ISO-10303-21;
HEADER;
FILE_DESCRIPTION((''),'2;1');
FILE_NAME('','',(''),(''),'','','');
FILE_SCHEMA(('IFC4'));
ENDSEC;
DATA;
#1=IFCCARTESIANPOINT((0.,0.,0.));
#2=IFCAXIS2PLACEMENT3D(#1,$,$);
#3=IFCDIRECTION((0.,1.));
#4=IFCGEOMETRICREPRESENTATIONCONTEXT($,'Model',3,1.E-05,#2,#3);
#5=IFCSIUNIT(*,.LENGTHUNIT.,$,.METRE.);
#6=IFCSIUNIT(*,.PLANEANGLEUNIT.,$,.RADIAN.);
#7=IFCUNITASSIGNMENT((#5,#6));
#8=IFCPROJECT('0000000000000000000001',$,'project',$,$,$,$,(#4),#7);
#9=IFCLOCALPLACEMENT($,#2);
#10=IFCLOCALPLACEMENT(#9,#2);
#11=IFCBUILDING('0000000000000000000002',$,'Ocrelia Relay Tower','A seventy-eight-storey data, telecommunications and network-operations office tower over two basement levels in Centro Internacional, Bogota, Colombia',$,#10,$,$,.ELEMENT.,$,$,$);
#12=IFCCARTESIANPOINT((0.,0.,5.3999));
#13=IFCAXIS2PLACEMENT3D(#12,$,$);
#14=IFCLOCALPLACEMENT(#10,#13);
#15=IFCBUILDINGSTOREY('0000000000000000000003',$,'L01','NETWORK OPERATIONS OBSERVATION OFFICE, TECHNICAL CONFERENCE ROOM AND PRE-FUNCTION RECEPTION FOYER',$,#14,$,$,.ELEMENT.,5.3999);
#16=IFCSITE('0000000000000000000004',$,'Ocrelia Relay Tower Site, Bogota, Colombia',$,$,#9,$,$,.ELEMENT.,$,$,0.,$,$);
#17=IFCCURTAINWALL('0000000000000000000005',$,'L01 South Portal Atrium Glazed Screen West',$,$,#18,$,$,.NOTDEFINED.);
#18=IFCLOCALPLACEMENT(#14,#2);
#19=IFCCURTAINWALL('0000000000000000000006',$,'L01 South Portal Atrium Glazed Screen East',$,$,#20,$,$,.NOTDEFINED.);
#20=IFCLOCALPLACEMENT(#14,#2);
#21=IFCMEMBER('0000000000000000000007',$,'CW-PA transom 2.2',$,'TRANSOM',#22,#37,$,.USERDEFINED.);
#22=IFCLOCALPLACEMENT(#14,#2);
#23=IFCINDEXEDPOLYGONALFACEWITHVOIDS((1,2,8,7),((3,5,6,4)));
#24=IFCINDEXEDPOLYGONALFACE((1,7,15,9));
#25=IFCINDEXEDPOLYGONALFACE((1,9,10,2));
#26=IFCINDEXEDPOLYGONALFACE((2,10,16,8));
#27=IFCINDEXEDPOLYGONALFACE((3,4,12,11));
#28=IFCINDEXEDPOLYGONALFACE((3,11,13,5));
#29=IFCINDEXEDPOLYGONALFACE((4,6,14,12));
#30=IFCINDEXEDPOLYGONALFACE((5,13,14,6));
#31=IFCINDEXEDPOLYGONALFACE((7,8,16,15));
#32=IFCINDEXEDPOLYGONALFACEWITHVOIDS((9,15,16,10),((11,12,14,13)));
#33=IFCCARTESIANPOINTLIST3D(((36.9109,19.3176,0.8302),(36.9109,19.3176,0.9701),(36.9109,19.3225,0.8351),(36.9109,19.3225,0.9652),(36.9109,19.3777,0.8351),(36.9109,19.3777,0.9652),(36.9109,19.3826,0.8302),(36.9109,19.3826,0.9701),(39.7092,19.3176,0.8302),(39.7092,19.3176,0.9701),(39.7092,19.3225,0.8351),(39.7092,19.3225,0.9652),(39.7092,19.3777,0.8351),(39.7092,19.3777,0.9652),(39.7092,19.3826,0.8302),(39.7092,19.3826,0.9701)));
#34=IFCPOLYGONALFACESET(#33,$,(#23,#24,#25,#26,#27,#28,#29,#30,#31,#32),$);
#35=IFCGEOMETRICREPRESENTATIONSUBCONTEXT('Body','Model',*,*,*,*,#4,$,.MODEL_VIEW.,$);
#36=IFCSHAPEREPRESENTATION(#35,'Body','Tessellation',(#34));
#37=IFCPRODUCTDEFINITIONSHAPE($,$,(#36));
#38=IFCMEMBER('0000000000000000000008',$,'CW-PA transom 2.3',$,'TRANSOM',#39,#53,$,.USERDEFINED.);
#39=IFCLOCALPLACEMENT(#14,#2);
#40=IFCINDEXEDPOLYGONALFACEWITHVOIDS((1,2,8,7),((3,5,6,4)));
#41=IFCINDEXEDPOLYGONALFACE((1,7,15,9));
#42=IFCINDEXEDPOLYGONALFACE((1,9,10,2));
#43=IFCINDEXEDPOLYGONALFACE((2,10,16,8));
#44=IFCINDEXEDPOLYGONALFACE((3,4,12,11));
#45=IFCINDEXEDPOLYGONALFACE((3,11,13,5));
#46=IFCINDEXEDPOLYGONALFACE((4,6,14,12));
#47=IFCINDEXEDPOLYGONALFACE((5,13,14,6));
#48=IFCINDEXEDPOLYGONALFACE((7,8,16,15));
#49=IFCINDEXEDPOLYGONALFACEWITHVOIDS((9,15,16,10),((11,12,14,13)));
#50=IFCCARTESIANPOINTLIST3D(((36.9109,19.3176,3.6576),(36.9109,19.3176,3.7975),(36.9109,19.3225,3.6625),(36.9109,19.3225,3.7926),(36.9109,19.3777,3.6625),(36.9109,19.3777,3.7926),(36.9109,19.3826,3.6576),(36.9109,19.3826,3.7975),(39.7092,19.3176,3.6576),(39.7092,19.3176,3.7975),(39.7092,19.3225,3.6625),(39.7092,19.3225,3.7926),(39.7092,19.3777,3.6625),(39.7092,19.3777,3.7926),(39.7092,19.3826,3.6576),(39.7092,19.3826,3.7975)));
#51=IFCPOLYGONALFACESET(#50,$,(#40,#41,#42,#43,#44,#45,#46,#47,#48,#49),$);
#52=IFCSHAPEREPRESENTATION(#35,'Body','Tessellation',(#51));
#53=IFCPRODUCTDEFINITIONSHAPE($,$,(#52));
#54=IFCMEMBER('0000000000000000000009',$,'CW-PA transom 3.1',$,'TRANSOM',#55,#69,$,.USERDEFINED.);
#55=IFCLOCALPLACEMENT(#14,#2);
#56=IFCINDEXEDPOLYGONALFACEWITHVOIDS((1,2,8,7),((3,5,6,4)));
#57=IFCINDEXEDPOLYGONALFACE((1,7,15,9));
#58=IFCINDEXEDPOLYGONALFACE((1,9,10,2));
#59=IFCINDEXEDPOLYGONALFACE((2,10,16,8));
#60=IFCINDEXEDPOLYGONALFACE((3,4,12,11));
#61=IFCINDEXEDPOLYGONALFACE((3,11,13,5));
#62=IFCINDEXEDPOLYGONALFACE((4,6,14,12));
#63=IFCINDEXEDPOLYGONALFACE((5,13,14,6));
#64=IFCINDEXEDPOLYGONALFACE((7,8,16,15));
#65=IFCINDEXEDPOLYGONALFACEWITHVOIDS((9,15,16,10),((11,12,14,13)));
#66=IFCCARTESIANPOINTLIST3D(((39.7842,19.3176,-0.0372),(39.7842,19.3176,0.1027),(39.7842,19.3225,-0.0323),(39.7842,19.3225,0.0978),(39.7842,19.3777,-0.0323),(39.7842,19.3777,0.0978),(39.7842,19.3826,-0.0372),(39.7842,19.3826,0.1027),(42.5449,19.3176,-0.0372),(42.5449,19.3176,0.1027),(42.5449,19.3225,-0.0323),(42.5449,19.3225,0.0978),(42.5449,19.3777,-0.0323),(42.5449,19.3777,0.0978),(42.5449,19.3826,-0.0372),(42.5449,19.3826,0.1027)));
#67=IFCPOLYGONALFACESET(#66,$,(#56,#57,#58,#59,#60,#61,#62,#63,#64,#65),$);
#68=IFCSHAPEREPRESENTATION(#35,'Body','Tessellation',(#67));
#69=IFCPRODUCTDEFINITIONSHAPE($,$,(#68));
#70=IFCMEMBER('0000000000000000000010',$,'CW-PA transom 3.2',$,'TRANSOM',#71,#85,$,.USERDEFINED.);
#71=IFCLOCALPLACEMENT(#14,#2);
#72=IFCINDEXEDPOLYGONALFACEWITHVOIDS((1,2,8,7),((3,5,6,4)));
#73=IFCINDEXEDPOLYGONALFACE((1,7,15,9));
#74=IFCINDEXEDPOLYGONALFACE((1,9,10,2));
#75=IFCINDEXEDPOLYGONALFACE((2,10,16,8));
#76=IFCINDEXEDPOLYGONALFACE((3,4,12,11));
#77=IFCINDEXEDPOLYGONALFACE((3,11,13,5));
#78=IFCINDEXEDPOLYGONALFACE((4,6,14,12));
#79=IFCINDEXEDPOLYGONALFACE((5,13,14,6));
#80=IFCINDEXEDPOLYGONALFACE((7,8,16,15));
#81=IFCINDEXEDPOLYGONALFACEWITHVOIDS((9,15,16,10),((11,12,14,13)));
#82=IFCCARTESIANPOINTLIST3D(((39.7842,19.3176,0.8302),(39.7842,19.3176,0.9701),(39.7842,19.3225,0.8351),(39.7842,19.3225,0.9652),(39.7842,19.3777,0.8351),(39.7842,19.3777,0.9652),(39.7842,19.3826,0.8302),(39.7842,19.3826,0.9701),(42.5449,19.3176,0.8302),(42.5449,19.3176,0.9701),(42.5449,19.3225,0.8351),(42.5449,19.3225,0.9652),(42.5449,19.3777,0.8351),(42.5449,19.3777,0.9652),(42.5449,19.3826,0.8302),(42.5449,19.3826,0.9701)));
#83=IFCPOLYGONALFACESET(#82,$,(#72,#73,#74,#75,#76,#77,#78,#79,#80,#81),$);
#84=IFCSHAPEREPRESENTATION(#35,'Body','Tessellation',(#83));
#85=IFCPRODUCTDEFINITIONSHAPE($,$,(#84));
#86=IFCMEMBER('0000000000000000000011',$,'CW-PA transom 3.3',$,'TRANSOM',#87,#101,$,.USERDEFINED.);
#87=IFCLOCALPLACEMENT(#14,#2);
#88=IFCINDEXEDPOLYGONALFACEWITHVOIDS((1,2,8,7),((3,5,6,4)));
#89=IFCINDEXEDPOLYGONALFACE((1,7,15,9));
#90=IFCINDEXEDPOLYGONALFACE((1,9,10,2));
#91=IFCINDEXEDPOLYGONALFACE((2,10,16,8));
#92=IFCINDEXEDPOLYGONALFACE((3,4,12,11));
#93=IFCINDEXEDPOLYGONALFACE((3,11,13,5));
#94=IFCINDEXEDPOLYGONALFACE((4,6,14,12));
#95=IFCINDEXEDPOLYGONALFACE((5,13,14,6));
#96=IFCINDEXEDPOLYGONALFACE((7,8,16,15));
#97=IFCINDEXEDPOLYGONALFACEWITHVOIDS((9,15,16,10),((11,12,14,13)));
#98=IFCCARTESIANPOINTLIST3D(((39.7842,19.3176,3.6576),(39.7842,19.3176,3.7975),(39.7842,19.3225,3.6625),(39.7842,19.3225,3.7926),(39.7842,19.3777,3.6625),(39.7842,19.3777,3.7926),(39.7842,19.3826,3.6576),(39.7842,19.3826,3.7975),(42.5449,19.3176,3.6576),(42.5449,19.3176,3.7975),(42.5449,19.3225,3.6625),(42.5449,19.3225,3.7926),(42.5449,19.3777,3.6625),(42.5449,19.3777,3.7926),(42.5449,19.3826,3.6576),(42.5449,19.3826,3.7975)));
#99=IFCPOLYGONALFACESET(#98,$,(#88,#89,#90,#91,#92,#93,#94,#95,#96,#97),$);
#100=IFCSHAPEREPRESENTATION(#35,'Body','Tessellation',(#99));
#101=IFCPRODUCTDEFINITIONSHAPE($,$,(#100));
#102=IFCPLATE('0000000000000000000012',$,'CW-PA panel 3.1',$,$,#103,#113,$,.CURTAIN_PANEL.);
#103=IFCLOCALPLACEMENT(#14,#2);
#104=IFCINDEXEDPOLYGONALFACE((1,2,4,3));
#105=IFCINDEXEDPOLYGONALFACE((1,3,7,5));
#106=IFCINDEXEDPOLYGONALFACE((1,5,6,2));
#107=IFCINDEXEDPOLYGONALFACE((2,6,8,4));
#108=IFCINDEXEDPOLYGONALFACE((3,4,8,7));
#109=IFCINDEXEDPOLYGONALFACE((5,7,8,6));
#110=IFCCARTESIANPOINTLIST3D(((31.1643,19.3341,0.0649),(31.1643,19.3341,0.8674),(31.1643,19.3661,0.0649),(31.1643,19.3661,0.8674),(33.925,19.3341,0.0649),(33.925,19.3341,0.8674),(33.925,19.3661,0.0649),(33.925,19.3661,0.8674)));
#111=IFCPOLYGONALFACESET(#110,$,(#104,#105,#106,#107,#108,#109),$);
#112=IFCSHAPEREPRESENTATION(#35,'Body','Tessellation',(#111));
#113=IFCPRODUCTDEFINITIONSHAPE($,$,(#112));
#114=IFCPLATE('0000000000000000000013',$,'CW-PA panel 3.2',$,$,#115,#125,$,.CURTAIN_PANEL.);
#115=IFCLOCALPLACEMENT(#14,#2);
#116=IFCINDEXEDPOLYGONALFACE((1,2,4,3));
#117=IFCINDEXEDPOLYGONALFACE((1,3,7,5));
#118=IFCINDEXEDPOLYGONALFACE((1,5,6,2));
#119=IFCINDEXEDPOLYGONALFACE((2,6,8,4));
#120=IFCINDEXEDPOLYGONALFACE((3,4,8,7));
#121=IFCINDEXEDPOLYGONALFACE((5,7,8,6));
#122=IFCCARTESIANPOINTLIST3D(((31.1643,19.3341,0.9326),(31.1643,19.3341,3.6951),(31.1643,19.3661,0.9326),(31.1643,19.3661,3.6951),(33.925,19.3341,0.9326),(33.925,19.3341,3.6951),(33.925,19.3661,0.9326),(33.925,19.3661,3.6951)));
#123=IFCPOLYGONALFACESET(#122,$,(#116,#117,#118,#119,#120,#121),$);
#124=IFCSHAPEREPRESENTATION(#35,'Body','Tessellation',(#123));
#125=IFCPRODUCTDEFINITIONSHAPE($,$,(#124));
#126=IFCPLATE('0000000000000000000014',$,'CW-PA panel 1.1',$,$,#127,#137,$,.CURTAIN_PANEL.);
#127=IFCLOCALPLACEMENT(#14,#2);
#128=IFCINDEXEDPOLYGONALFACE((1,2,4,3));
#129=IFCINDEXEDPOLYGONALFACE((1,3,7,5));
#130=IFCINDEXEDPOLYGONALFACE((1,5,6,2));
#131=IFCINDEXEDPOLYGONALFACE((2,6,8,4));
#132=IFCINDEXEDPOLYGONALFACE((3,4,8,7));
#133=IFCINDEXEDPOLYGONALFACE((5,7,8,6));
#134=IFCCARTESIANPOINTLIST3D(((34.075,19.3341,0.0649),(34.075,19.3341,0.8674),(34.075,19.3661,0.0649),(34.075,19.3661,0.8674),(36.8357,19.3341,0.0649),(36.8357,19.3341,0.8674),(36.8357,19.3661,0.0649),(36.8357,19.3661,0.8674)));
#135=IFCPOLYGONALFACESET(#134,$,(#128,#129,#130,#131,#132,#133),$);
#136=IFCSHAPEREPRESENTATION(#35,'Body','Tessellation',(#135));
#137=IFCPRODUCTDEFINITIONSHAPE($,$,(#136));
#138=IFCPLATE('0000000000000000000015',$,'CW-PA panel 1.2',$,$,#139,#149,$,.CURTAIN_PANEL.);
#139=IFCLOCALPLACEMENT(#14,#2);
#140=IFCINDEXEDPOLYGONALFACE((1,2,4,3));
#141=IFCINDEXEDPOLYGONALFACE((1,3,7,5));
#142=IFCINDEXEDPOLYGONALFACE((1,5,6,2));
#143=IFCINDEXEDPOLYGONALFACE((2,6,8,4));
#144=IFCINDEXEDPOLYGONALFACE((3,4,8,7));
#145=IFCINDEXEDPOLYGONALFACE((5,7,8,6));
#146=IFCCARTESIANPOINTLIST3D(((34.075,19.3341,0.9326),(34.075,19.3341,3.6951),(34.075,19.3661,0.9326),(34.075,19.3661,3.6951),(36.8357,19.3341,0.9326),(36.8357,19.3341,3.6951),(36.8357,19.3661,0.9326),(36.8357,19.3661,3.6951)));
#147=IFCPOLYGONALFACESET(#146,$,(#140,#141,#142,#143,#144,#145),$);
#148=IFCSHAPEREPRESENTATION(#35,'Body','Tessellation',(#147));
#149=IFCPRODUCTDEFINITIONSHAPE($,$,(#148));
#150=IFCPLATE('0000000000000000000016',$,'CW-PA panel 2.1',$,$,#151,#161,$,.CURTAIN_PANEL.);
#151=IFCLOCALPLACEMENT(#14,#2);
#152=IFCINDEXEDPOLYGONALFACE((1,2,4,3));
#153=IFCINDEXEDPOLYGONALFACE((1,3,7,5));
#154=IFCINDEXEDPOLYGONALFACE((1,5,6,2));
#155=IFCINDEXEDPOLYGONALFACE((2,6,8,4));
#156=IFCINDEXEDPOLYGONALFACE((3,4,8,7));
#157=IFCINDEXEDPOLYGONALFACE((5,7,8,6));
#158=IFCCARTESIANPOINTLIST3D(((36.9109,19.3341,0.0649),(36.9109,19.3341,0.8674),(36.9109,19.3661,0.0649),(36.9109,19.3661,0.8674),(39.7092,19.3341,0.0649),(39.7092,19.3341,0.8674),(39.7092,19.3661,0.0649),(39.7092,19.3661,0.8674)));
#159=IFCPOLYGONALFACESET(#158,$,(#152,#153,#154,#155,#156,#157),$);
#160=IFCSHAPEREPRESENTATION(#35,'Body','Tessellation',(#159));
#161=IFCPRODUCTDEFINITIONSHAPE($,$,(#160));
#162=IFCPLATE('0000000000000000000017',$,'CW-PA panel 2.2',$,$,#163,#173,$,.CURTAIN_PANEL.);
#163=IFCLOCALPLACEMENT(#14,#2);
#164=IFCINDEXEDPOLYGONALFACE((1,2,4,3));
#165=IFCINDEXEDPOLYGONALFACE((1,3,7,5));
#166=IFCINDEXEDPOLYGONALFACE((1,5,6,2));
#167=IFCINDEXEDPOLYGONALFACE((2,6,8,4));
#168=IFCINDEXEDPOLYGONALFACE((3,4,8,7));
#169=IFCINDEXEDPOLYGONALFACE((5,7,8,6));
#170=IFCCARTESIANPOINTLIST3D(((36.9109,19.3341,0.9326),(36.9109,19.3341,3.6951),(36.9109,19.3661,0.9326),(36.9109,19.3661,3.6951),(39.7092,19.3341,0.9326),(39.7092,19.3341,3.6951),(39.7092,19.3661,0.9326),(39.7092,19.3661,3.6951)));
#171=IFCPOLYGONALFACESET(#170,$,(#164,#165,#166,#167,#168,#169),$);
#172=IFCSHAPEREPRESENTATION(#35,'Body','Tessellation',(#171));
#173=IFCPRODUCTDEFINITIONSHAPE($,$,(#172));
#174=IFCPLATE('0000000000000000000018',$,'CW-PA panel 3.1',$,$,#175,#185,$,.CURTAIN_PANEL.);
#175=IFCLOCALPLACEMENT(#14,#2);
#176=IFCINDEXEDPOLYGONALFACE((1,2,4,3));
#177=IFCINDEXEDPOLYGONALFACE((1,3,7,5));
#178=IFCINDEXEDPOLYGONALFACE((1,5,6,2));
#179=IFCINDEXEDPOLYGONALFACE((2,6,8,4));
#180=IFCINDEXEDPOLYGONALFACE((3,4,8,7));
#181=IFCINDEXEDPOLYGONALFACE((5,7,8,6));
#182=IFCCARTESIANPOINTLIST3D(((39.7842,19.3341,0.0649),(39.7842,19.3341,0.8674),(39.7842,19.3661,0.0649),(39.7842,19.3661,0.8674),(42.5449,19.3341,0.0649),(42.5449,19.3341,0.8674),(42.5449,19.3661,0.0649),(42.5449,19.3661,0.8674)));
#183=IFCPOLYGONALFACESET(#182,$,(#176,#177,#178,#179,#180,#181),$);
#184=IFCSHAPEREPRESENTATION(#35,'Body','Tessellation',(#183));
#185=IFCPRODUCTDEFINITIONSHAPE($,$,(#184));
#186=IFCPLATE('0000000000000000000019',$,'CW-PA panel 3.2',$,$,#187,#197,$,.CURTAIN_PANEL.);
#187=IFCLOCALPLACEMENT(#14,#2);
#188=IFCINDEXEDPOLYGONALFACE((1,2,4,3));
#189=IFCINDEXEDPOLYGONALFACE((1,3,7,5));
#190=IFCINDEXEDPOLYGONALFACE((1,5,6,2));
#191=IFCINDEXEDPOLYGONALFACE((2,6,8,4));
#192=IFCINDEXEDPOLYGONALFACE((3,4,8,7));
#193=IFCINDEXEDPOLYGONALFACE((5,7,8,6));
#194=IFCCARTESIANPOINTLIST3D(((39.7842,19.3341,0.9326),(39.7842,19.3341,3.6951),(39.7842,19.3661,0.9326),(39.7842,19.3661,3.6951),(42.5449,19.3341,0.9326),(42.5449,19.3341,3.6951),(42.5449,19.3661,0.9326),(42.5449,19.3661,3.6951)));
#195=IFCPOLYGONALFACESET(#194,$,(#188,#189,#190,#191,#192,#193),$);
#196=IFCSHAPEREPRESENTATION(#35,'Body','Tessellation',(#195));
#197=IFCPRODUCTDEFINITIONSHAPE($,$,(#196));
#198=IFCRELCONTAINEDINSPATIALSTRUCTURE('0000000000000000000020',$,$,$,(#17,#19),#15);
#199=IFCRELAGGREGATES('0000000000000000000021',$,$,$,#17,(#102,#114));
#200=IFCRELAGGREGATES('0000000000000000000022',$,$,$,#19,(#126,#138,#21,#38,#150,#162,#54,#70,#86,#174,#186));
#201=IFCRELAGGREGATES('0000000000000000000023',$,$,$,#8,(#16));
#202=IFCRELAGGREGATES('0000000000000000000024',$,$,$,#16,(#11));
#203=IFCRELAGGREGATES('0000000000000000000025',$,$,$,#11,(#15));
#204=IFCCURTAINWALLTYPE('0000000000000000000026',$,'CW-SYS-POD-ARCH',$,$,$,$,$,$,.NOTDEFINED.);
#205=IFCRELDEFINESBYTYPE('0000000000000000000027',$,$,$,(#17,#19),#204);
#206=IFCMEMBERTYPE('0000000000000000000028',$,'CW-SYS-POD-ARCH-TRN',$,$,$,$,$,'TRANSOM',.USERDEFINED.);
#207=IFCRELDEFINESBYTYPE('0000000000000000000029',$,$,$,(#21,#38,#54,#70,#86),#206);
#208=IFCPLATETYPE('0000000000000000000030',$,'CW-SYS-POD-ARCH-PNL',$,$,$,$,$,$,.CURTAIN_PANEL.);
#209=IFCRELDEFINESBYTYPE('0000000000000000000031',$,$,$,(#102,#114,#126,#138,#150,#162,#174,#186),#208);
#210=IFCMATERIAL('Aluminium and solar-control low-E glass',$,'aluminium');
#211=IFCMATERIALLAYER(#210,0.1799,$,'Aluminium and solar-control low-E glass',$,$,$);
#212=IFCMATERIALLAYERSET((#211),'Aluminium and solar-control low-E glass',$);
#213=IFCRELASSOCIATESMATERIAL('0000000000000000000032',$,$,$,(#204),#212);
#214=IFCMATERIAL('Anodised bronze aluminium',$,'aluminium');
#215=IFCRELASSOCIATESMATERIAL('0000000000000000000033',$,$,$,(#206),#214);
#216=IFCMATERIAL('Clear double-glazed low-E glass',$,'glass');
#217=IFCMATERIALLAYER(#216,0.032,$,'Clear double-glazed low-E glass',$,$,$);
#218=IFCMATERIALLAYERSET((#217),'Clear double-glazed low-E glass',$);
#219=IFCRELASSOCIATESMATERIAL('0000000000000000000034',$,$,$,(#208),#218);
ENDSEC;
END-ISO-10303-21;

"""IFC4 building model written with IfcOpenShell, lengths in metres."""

from ifc_helpers import new_model, si_unit, direction, frame, origin, origin_2d, place, context, subcontext, project, spatial, rectangle, hollow_rectangle, extrude, material, layer, layer_set, material_profile, profile_set, type_object, element, aggregate, save


model = new_model("IFC4")

# Units and contexts
model_context = context("Model", 3, precision=1e-05, world=origin(), true_north=direction((0.0, 1.0)))
body_context = subcontext(model_context, "Body", "Model", "MODEL_VIEW")
ifc_project = project(units=[si_unit("LENGTHUNIT", "METRE"), si_unit("PLANEANGLEUNIT", "RADIAN")], contexts=[model_context])

# Site, building, storey
site_placement = place(None, origin())
site = spatial("IfcSite", under=ifc_project, at=site_placement, Name="Ocrelia Relay Tower Site, Bogota, Colombia", CompositionType="ELEMENT", RefElevation=0.0)
building_placement = place(site_placement, origin())
building = spatial("IfcBuilding", under=site, at=building_placement, Name="Ocrelia Relay Tower", Description="A seventy-eight-storey data, telecommunications and network-operations office tower over two basement levels in Centro Internacional, Bogota, Colombia", CompositionType="ELEMENT")
storey_placement = place(building_placement, frame((0.0, 0.0, 5.3999)))
storey = spatial("IfcBuildingStorey", under=building, at=storey_placement, Name="L01", Description="NETWORK OPERATIONS OBSERVATION OFFICE, TECHNICAL CONFERENCE ROOM AND PRE-FUNCTION RECEPTION FOYER", CompositionType="ELEMENT", Elevation=5.3999)

# Curtain wall
ifc_material_1 = material(Name="Aluminium and solar-control low-E glass", Category="aluminium")
ifc_layer_1 = layer(ifc_material_1, 0.1799, Name="Aluminium and solar-control low-E glass")
ifc_layer_set_1 = layer_set([ifc_layer_1], Name="Aluminium and solar-control low-E glass")
curtain_wall_type = type_object("IfcCurtainWallType", Name="CW-SYS-POD-ARCH", PredefinedType="NOTDEFINED", material=ifc_layer_set_1)
curtain_wall_1_placement = place(storey_placement, origin())
curtain_wall_1 = element("IfcCurtainWall", 1, at=curtain_wall_1_placement, inside=storey, type_object=curtain_wall_type, Name="L01 South Portal Atrium Glazed Screen West", PredefinedType="NOTDEFINED")
ifc_material_2 = material(Name="Anodised bronze aluminium", Category="aluminium")

# Curtain wall, members
curtain_wall_2_placement = place(storey_placement, origin())
curtain_wall_2 = element("IfcCurtainWall", 2, at=curtain_wall_2_placement, inside=storey, type_object=curtain_wall_type, Name="L01 South Portal Atrium Glazed Screen East", PredefinedType="NOTDEFINED")
ifc_material_profile_1 = material_profile(ifc_material_2, hollow_rectangle(XDim=0.0649, YDim=0.1399, WallThickness=0.0049, at=origin_2d()), Name="CW-TRN-140x65")
ifc_profile_set_1 = profile_set([ifc_material_profile_1], Name="Anodised bronze aluminium")
member_type_1 = type_object("IfcMemberType", Name="CW-SYS-POD-ARCH-TRN", ElementType="TRANSOM", PredefinedType="USERDEFINED", material=ifc_profile_set_1)
member_1_placement = place(storey_placement, frame((36.9109, 19.3501, 0.9001), z_axis=(1.0, 0.0, 0.0), x_axis=(0.0, 1.0, 0.0)))
member_1 = element("IfcMember", 3, at=member_1_placement, type_object=member_type_1, Name="CW-PA transom 2.2", ObjectType="TRANSOM", PredefinedType="USERDEFINED", context=body_context, shape_type="SweptSolid", body=[
    extrude(hollow_rectangle(XDim=0.0649, YDim=0.1399, WallThickness=0.0049, at=origin_2d()), origin(), (0.0, 0.0, 1.0), 2.7983),
])
member_2_placement = place(storey_placement, frame((36.9109, 19.3501, 3.7275), z_axis=(1.0, 0.0, 0.0), x_axis=(0.0, 1.0, 0.0)))
member_2 = element("IfcMember", 4, at=member_2_placement, type_object=member_type_1, Name="CW-PA transom 2.3", ObjectType="TRANSOM", PredefinedType="USERDEFINED", context=body_context, shape_type="SweptSolid", body=[
    extrude(hollow_rectangle(XDim=0.0649, YDim=0.1399, WallThickness=0.0049, at=origin_2d()), origin(), (0.0, 0.0, 1.0), 2.7983),
])
member_3_placement = place(storey_placement, frame((39.7842, 19.3501, 0.0327), z_axis=(1.0, 0.0, 0.0), x_axis=(0.0, 1.0, 0.0)))
member_3 = element("IfcMember", 5, at=member_3_placement, type_object=member_type_1, Name="CW-PA transom 3.1", ObjectType="TRANSOM", PredefinedType="USERDEFINED", context=body_context, shape_type="SweptSolid", body=[
    extrude(hollow_rectangle(XDim=0.0649, YDim=0.1399, WallThickness=0.0049, at=origin_2d()), origin(), (0.0, 0.0, 1.0), 2.7607),
])
member_4_placement = place(storey_placement, frame((39.7842, 19.3501, 0.9001), z_axis=(1.0, 0.0, 0.0), x_axis=(0.0, 1.0, 0.0)))
member_4 = element("IfcMember", 6, at=member_4_placement, type_object=member_type_1, Name="CW-PA transom 3.2", ObjectType="TRANSOM", PredefinedType="USERDEFINED", context=body_context, shape_type="SweptSolid", body=[
    extrude(hollow_rectangle(XDim=0.0649, YDim=0.1399, WallThickness=0.0049, at=origin_2d()), origin(), (0.0, 0.0, 1.0), 2.7607),
])
member_5_placement = place(storey_placement, frame((39.7842, 19.3501, 3.7275), z_axis=(1.0, 0.0, 0.0), x_axis=(0.0, 1.0, 0.0)))
member_5 = element("IfcMember", 7, at=member_5_placement, type_object=member_type_1, Name="CW-PA transom 3.3", ObjectType="TRANSOM", PredefinedType="USERDEFINED", context=body_context, shape_type="SweptSolid", body=[
    extrude(hollow_rectangle(XDim=0.0649, YDim=0.1399, WallThickness=0.0049, at=origin_2d()), origin(), (0.0, 0.0, 1.0), 2.7607),
])

# Plates
ifc_material_3 = material(Name="Clear double-glazed low-E glass", Category="glass")
ifc_layer_2 = layer(ifc_material_3, 0.032, Name="Clear double-glazed low-E glass")
ifc_layer_set_2 = layer_set([ifc_layer_2], Name="Clear double-glazed low-E glass")
plate_type = type_object("IfcPlateType", Name="CW-SYS-POD-ARCH-PNL", PredefinedType="CURTAIN_PANEL", material=ifc_layer_set_2)
plate_1_placement = place(storey_placement, frame((32.5447, 19.3501, 0.0649), z_axis=(0.0, 0.0, 1.0), x_axis=(1.0, 0.0, 0.0)))
plate_1 = element("IfcPlate", 8, at=plate_1_placement, type_object=plate_type, Name="CW-PA panel 3.1", PredefinedType="CURTAIN_PANEL", context=body_context, shape_type="SweptSolid", body=[
    extrude(rectangle(XDim=2.7607, YDim=0.032, at=origin_2d()), origin(), (0.0, 0.0, 1.0), 0.8025),
])
plate_2_placement = place(storey_placement, frame((32.5447, 19.3501, 0.9326), z_axis=(0.0, 0.0, 1.0), x_axis=(1.0, 0.0, 0.0)))
plate_2 = element("IfcPlate", 9, at=plate_2_placement, type_object=plate_type, Name="CW-PA panel 3.2", PredefinedType="CURTAIN_PANEL", context=body_context, shape_type="SweptSolid", body=[
    extrude(rectangle(XDim=2.7607, YDim=0.032, at=origin_2d()), origin(), (0.0, 0.0, 1.0), 2.7625),
])
aggregate(curtain_wall_1, [plate_1, plate_2])
plate_3_placement = place(storey_placement, frame((35.4553, 19.3501, 0.0649), z_axis=(0.0, 0.0, 1.0), x_axis=(1.0, 0.0, 0.0)))
plate_3 = element("IfcPlate", 10, at=plate_3_placement, type_object=plate_type, Name="CW-PA panel 1.1", PredefinedType="CURTAIN_PANEL", context=body_context, shape_type="SweptSolid", body=[
    extrude(rectangle(XDim=2.7607, YDim=0.032, at=origin_2d()), origin(), (0.0, 0.0, 1.0), 0.8025),
])
plate_4_placement = place(storey_placement, frame((35.4553, 19.3501, 0.9326), z_axis=(0.0, 0.0, 1.0), x_axis=(1.0, 0.0, 0.0)))
plate_4 = element("IfcPlate", 11, at=plate_4_placement, type_object=plate_type, Name="CW-PA panel 1.2", PredefinedType="CURTAIN_PANEL", context=body_context, shape_type="SweptSolid", body=[
    extrude(rectangle(XDim=2.7607, YDim=0.032, at=origin_2d()), origin(), (0.0, 0.0, 1.0), 2.7625),
])
plate_5_placement = place(storey_placement, frame((38.3101, 19.3501, 0.0649), z_axis=(0.0, 0.0, 1.0), x_axis=(1.0, 0.0, 0.0)))
plate_5 = element("IfcPlate", 12, at=plate_5_placement, type_object=plate_type, Name="CW-PA panel 2.1", PredefinedType="CURTAIN_PANEL", context=body_context, shape_type="SweptSolid", body=[
    extrude(rectangle(XDim=2.7983, YDim=0.032, at=origin_2d()), origin(), (0.0, 0.0, 1.0), 0.8025),
])
plate_6_placement = place(storey_placement, frame((38.3101, 19.3501, 0.9326), z_axis=(0.0, 0.0, 1.0), x_axis=(1.0, 0.0, 0.0)))
plate_6 = element("IfcPlate", 13, at=plate_6_placement, type_object=plate_type, Name="CW-PA panel 2.2", PredefinedType="CURTAIN_PANEL", context=body_context, shape_type="SweptSolid", body=[
    extrude(rectangle(XDim=2.7983, YDim=0.032, at=origin_2d()), origin(), (0.0, 0.0, 1.0), 2.7625),
])
plate_7_placement = place(storey_placement, frame((41.1646, 19.3501, 0.0649), z_axis=(0.0, 0.0, 1.0), x_axis=(1.0, 0.0, 0.0)))
plate_7 = element("IfcPlate", 14, at=plate_7_placement, type_object=plate_type, Name="CW-PA panel 3.1", PredefinedType="CURTAIN_PANEL", context=body_context, shape_type="SweptSolid", body=[
    extrude(rectangle(XDim=2.7607, YDim=0.032, at=origin_2d()), origin(), (0.0, 0.0, 1.0), 0.8025),
])
plate_8_placement = place(storey_placement, frame((41.1646, 19.3501, 0.9326), z_axis=(0.0, 0.0, 1.0), x_axis=(1.0, 0.0, 0.0)))
plate_8 = element("IfcPlate", 15, at=plate_8_placement, type_object=plate_type, Name="CW-PA panel 3.2", PredefinedType="CURTAIN_PANEL", context=body_context, shape_type="SweptSolid", body=[
    extrude(rectangle(XDim=2.7607, YDim=0.032, at=origin_2d()), origin(), (0.0, 0.0, 1.0), 2.7625),
])
aggregate(curtain_wall_2, [plate_3, plate_4, member_1, member_2, plate_5, plate_6, member_3, member_4, member_5, plate_7, plate_8])

save(model, "model.ifc")
